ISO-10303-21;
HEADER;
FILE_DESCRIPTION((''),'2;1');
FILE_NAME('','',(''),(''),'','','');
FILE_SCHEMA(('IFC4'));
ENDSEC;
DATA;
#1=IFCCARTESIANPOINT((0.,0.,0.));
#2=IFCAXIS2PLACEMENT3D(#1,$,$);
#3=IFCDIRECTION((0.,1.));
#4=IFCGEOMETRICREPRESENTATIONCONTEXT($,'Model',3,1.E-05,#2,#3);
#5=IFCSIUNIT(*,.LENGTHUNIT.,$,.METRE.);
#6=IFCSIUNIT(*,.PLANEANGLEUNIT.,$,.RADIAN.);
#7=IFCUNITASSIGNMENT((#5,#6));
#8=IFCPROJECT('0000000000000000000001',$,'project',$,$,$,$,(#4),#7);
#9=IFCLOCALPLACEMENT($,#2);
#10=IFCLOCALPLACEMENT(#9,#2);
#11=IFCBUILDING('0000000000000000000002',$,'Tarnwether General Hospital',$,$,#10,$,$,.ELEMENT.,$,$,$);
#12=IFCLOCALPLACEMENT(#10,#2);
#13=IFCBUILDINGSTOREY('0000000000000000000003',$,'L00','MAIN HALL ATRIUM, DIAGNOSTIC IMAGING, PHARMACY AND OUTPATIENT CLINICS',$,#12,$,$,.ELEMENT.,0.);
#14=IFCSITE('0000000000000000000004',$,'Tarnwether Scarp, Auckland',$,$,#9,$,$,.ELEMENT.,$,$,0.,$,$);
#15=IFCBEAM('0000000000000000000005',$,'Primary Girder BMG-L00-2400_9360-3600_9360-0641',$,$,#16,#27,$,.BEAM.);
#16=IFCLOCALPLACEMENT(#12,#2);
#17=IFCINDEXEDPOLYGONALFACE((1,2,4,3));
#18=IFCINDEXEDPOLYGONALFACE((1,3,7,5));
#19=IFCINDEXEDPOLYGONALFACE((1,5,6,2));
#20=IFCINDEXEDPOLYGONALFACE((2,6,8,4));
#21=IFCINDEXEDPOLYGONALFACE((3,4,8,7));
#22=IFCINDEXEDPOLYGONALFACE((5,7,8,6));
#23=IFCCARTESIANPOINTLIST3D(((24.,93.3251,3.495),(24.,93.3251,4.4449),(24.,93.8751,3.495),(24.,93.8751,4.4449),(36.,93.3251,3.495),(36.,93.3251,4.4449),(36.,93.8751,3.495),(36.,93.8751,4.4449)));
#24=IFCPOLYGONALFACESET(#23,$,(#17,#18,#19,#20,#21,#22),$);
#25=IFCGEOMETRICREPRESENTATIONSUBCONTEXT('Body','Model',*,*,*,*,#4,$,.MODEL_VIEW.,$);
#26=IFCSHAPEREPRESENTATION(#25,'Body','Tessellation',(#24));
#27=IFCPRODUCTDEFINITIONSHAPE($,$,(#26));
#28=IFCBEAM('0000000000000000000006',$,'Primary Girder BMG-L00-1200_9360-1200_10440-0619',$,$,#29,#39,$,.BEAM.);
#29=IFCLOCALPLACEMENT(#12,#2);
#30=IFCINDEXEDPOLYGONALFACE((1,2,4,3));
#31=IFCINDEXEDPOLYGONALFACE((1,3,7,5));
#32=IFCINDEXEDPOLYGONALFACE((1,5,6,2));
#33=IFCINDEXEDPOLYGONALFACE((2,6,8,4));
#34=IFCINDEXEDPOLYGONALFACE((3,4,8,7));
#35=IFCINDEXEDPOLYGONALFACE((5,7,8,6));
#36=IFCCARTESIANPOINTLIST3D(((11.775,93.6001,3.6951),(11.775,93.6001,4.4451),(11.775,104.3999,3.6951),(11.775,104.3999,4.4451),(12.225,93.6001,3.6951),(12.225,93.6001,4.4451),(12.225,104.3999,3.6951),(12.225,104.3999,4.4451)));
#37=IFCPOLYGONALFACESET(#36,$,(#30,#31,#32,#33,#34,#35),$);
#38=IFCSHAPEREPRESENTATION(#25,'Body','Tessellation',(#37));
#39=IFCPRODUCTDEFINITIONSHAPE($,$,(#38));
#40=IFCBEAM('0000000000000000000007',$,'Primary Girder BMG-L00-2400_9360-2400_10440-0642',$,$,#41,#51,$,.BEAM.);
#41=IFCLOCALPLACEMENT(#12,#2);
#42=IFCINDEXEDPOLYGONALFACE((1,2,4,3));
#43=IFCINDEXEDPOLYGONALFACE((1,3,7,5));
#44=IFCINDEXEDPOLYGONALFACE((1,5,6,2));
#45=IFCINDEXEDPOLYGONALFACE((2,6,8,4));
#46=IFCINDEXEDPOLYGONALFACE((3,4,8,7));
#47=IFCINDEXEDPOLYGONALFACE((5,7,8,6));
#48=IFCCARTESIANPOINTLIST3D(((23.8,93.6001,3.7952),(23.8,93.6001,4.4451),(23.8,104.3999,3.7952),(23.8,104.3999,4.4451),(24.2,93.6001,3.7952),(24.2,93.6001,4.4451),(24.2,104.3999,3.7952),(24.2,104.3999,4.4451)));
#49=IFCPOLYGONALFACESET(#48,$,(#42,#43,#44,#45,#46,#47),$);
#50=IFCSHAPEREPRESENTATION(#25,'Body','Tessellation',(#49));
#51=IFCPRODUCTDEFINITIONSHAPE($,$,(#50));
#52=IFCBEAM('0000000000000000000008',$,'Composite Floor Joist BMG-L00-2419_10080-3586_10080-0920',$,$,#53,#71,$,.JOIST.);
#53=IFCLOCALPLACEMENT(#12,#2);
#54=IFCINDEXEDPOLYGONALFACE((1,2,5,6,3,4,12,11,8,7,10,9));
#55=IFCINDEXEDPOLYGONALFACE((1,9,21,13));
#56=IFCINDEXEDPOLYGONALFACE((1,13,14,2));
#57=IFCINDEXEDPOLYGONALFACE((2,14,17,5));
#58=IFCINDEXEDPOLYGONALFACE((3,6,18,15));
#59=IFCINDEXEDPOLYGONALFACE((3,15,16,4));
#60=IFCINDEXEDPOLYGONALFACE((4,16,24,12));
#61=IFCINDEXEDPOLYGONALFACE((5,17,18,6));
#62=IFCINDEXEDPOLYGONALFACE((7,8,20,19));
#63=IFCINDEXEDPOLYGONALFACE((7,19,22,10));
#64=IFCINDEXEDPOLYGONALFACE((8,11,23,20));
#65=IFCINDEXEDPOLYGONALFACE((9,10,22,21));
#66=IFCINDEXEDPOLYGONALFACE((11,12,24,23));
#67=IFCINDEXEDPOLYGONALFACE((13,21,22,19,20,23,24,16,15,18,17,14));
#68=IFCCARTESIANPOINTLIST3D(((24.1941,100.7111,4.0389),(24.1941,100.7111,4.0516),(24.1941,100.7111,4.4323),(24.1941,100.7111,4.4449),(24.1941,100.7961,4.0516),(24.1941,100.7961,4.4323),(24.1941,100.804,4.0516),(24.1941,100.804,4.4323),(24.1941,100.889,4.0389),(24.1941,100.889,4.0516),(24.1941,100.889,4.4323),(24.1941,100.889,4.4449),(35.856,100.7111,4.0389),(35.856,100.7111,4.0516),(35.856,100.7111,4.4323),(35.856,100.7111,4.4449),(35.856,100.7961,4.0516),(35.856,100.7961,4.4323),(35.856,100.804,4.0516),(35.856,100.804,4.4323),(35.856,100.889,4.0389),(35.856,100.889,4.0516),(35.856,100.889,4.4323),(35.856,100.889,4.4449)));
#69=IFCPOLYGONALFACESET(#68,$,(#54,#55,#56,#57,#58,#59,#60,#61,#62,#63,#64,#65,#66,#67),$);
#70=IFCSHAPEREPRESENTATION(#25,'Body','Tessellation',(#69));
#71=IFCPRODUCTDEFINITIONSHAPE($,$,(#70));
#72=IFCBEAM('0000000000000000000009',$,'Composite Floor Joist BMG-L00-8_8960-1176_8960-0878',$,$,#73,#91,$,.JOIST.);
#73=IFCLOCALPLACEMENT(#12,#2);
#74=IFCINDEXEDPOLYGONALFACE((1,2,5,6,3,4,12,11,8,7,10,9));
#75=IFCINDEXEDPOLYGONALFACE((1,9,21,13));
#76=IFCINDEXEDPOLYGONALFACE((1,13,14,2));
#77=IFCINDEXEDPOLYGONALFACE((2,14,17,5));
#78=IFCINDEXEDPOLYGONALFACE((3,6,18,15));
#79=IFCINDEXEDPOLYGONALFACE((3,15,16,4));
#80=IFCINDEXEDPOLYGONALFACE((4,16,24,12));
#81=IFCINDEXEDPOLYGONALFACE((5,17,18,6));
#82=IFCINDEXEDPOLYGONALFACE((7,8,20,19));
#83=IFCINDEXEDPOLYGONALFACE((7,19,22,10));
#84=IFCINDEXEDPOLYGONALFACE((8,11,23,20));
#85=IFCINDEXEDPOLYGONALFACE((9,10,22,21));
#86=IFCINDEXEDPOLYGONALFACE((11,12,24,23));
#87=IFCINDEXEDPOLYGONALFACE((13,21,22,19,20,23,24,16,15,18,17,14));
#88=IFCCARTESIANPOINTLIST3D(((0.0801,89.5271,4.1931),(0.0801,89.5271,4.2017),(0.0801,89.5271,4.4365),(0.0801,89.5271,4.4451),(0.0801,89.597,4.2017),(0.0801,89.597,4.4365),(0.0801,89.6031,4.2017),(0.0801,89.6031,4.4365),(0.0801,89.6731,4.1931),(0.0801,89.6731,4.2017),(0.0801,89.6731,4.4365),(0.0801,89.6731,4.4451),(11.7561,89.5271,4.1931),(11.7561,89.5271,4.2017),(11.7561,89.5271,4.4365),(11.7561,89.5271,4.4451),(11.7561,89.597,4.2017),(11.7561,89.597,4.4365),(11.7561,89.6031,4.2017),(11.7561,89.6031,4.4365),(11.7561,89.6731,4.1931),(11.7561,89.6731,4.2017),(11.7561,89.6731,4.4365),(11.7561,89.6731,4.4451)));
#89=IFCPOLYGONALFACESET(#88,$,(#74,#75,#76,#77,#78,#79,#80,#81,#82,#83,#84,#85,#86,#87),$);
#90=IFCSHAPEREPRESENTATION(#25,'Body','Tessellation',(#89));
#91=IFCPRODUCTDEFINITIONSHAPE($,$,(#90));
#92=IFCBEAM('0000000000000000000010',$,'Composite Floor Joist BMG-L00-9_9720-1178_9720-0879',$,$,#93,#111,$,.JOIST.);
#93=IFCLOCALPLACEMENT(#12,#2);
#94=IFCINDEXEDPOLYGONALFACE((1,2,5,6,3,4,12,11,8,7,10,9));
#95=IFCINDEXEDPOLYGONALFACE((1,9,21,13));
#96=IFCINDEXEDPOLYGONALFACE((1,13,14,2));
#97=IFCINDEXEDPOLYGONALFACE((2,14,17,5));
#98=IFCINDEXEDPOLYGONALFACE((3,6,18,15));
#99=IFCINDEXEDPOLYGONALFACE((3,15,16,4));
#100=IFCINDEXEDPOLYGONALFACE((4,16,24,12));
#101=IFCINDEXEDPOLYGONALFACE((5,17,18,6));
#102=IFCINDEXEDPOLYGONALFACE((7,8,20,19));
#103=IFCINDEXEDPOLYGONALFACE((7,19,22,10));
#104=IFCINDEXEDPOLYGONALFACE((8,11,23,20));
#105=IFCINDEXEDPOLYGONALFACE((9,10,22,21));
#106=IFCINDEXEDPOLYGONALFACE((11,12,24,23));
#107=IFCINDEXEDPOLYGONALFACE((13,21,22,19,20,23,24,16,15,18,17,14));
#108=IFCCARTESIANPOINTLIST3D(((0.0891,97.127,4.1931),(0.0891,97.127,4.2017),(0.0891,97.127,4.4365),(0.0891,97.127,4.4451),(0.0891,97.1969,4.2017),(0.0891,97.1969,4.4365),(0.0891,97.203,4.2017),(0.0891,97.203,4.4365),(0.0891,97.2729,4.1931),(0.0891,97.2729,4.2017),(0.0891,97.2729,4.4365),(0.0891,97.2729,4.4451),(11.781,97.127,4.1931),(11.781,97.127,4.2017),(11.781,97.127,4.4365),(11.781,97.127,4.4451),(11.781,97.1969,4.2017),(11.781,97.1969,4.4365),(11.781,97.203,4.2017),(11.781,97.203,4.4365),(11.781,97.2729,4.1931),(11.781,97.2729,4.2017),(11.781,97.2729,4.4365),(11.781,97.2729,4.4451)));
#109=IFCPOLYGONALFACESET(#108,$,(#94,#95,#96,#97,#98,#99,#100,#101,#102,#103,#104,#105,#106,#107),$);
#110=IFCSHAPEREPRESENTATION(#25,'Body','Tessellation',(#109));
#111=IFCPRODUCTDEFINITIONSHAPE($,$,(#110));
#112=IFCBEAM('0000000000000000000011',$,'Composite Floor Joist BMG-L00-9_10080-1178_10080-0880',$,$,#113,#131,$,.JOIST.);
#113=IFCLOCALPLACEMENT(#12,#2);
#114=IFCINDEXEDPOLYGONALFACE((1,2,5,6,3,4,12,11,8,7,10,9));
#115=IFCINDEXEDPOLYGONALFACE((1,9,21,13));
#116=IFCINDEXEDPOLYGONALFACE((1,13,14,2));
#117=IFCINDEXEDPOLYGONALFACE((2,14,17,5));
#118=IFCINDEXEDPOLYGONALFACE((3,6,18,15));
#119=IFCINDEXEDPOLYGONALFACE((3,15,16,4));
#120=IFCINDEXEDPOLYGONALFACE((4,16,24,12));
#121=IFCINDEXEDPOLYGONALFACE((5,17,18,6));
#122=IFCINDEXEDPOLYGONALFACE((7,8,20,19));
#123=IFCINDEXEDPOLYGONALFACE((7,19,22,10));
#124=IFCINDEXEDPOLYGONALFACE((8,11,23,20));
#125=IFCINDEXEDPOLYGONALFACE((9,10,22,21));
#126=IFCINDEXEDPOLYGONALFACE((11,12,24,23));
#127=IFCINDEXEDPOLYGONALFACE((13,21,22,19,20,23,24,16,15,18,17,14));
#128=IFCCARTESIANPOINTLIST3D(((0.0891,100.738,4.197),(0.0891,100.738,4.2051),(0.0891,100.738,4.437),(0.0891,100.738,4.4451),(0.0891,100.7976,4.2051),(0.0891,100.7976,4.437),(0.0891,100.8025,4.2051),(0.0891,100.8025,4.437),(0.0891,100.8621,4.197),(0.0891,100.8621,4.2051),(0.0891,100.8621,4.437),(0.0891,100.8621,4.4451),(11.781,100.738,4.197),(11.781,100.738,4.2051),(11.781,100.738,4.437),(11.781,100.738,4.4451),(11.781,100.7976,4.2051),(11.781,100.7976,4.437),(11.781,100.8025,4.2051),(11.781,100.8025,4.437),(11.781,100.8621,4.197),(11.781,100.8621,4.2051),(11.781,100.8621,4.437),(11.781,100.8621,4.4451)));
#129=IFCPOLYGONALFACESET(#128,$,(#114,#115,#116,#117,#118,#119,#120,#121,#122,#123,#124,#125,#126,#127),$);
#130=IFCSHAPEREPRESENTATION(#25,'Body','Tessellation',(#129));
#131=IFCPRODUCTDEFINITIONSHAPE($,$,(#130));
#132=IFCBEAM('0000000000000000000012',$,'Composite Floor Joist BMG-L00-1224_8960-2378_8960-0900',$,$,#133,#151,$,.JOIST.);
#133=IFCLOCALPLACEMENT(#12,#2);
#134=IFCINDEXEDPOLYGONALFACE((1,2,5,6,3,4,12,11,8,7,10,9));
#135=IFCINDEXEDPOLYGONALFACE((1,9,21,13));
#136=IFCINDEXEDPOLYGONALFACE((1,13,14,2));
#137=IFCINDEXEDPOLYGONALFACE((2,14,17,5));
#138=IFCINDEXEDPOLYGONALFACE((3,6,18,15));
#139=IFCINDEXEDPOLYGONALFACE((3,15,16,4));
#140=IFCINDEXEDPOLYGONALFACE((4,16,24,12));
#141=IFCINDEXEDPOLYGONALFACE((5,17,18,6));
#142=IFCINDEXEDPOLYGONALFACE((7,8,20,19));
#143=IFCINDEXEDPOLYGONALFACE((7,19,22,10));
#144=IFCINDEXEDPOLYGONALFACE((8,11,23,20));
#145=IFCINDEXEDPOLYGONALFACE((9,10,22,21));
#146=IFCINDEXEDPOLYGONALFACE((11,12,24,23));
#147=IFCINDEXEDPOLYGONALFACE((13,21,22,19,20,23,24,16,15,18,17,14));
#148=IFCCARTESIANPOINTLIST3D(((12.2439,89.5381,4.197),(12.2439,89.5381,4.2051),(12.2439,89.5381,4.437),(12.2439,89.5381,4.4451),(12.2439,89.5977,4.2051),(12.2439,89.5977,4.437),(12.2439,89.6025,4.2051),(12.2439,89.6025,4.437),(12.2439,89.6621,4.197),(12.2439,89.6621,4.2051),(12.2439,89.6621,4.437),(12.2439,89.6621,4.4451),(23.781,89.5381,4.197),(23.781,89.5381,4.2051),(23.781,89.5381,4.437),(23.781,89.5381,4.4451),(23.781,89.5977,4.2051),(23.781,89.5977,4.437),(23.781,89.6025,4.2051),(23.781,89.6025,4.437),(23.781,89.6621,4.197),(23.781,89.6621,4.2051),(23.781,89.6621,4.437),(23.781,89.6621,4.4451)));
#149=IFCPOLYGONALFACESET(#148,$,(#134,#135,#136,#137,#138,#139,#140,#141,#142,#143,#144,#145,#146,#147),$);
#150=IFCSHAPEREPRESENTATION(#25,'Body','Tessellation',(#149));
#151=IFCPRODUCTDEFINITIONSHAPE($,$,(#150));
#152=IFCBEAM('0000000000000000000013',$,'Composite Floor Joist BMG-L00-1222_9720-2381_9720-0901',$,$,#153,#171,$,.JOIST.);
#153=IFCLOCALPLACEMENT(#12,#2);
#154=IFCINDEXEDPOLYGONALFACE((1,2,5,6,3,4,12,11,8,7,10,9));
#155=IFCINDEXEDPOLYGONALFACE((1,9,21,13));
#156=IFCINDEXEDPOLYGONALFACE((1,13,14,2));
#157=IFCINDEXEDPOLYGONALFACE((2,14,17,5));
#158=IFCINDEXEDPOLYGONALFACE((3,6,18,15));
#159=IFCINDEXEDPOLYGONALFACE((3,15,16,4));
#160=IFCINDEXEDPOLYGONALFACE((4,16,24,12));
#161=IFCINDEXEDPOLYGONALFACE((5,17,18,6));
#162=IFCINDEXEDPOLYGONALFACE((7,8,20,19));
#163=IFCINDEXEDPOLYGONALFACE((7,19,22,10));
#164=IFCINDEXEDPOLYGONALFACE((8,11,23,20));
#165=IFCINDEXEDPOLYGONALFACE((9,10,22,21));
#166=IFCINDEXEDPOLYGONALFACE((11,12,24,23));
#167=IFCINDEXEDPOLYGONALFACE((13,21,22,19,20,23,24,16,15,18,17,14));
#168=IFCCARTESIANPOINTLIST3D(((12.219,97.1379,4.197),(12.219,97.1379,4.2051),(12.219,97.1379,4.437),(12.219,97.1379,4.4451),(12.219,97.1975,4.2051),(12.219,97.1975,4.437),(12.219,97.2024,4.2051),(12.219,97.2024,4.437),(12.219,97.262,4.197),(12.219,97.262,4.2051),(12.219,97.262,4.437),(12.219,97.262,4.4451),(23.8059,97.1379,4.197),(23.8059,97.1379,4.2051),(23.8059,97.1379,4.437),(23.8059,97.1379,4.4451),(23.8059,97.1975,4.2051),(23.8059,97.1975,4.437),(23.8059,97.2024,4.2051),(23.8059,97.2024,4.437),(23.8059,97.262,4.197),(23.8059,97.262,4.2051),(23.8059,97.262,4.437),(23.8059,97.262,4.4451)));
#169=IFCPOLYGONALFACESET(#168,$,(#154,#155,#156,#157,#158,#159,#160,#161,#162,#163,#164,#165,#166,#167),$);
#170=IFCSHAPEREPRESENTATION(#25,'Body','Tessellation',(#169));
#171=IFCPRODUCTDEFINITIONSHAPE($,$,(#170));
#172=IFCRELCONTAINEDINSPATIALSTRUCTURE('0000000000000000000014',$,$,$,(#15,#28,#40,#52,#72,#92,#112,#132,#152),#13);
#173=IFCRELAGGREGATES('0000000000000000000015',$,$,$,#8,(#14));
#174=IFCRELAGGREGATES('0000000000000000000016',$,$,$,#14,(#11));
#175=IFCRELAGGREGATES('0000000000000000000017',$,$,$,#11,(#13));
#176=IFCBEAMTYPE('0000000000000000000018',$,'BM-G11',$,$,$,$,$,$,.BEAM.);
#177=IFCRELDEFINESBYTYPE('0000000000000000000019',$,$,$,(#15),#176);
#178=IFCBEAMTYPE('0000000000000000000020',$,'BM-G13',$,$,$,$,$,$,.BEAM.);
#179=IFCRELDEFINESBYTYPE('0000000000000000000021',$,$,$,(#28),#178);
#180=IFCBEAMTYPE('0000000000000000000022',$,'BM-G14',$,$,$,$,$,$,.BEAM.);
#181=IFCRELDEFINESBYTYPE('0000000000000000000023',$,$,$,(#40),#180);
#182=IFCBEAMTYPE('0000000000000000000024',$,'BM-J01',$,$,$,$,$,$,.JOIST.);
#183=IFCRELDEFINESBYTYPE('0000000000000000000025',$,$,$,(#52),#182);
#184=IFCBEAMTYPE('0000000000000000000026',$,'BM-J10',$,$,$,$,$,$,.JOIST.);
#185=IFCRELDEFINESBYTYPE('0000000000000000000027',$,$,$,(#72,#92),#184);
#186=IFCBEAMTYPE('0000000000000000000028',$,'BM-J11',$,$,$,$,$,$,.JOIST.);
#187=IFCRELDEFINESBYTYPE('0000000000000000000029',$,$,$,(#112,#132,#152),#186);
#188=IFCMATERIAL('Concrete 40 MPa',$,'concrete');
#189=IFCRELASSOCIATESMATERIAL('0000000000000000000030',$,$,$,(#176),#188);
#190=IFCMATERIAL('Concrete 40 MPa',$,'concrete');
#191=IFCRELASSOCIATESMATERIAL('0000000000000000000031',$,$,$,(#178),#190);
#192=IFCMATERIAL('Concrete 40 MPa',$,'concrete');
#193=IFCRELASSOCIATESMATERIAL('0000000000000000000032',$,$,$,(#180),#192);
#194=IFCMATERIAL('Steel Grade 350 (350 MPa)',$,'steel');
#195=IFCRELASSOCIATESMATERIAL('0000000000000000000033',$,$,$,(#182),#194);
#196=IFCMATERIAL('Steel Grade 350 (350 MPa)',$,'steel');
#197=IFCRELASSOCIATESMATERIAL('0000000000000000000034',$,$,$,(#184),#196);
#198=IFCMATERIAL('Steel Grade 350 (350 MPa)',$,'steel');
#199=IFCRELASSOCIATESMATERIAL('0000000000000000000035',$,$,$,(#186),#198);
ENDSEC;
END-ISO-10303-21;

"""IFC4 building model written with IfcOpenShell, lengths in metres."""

from ifc_helpers import new_model, si_unit, direction, frame, origin, origin_2d, place, context, subcontext, project, spatial, rectangle, i_section, extrude, material, material_profile, profile_set, type_object, element, save


model = new_model("IFC4")

# Units and contexts
model_context = context("Model", 3, precision=1e-05, world=origin(), true_north=direction((0.0, 1.0)))
body_context = subcontext(model_context, "Body", "Model", "MODEL_VIEW")
ifc_project = project(units=[si_unit("LENGTHUNIT", "METRE"), si_unit("PLANEANGLEUNIT", "RADIAN")], contexts=[model_context])

# Site, building, storey
site_placement = place(None, origin())
site = spatial("IfcSite", under=ifc_project, at=site_placement, Name="Tarnwether Scarp, Auckland", CompositionType="ELEMENT", RefElevation=0.0)
building_placement = place(site_placement, origin())
building = spatial("IfcBuilding", under=site, at=building_placement, Name="Tarnwether General Hospital", CompositionType="ELEMENT")
storey_placement = place(building_placement, origin())
storey = spatial("IfcBuildingStorey", under=building, at=storey_placement, Name="L00", Description="MAIN HALL ATRIUM, DIAGNOSTIC IMAGING, PHARMACY AND OUTPATIENT CLINICS", CompositionType="ELEMENT", Elevation=0.0)

# Beams
ifc_material_1 = material(Name="Concrete 40 MPa", Category="concrete")
ifc_material_profile_1 = material_profile(ifc_material_1, rectangle(XDim=0.55, YDim=0.95, at=origin_2d()), Name="RC-BM-550x950")
ifc_profile_set_1 = profile_set([ifc_material_profile_1], Name="Concrete 40 MPa")
beam_type_1 = type_object("IfcBeamType", Name="BM-G11", PredefinedType="BEAM", material=ifc_profile_set_1)
beam_1_placement = place(storey_placement, frame((24.0, 93.6001, 3.97), z_axis=(1.0, 0.0, 0.0), x_axis=(0.0, 1.0, 0.0)))
element("IfcBeam", 1, at=beam_1_placement, inside=storey, type_object=beam_type_1, Name="Primary Girder BMG-L00-2400_9360-3600_9360-0641", PredefinedType="BEAM", context=body_context, shape_type="SweptSolid", body=[
    extrude(rectangle(XDim=0.55, YDim=0.95, at=origin_2d()), origin(), (0.0, 0.0, 1.0), 12.0),
])
ifc_material_2 = material(Name="Concrete 40 MPa", Category="concrete")
ifc_material_profile_2 = material_profile(ifc_material_2, rectangle(XDim=0.45, YDim=0.75, at=origin_2d()), Name="RC-BM-450x750")
ifc_profile_set_2 = profile_set([ifc_material_profile_2], Name="Concrete 40 MPa")
beam_type_2 = type_object("IfcBeamType", Name="BM-G13", PredefinedType="BEAM", material=ifc_profile_set_2)
beam_2_placement = place(storey_placement, frame((12.0, 93.6001, 4.0701), z_axis=(0.0, 1.0, 0.0), x_axis=(-1.0, 0.0, 0.0)))
element("IfcBeam", 2, at=beam_2_placement, inside=storey, type_object=beam_type_2, Name="Primary Girder BMG-L00-1200_9360-1200_10440-0619", PredefinedType="BEAM", context=body_context, shape_type="SweptSolid", body=[
    extrude(rectangle(XDim=0.45, YDim=0.75, at=origin_2d()), origin(), (0.0, 0.0, 1.0), 10.7998),
])
ifc_material_3 = material(Name="Concrete 40 MPa", Category="concrete")
ifc_material_profile_3 = material_profile(ifc_material_3, rectangle(XDim=0.3999, YDim=0.6499, at=origin_2d()), Name="RC-BM-400x650")
ifc_profile_set_3 = profile_set([ifc_material_profile_3], Name="Concrete 40 MPa")
beam_type_3 = type_object("IfcBeamType", Name="BM-G14", PredefinedType="BEAM", material=ifc_profile_set_3)
beam_3_placement = place(storey_placement, frame((24.0, 93.6001, 4.1201), z_axis=(0.0, 1.0, 0.0), x_axis=(-1.0, 0.0, 0.0)))
element("IfcBeam", 3, at=beam_3_placement, inside=storey, type_object=beam_type_3, Name="Primary Girder BMG-L00-2400_9360-2400_10440-0642", PredefinedType="BEAM", context=body_context, shape_type="SweptSolid", body=[
    extrude(rectangle(XDim=0.3999, YDim=0.6499, at=origin_2d()), origin(), (0.0, 0.0, 1.0), 10.7998),
])
ifc_material_4 = material(Name="Steel Grade 350 (350 MPa)", Category="steel")
ifc_material_profile_4 = material_profile(ifc_material_4, i_section(OverallWidth=0.178, OverallDepth=0.406, WebThickness=0.0078, FlangeThickness=0.0127, at=origin_2d()), Name="410UB59.7")
ifc_profile_set_4 = profile_set([ifc_material_profile_4], Name="Steel Grade 350 (350 MPa)")
beam_type_4 = type_object("IfcBeamType", Name="BM-J01", PredefinedType="JOIST", material=ifc_profile_set_4)
beam_4_placement = place(storey_placement, frame((24.1941, 100.8, 4.2419), z_axis=(1.0, 0.0, 0.0), x_axis=(0.0, 1.0, 0.0)))
element("IfcBeam", 4, at=beam_4_placement, inside=storey, type_object=beam_type_4, Name="Composite Floor Joist BMG-L00-2419_10080-3586_10080-0920", PredefinedType="JOIST", context=body_context, shape_type="SweptSolid", body=[
    extrude(i_section(OverallWidth=0.178, OverallDepth=0.406, WebThickness=0.0078, FlangeThickness=0.0127, at=origin_2d()), origin(), (0.0, 0.0, 1.0), 11.6619),
])
ifc_material_5 = material(Name="Steel Grade 350 (350 MPa)", Category="steel")
ifc_material_profile_5 = material_profile(ifc_material_5, i_section(OverallWidth=0.146, OverallDepth=0.252, WebThickness=0.0061, FlangeThickness=0.0085, at=origin_2d()), Name="250UB31.4")
ifc_profile_set_5 = profile_set([ifc_material_profile_5], Name="Steel Grade 350 (350 MPa)")
beam_type_5 = type_object("IfcBeamType", Name="BM-J10", PredefinedType="JOIST", material=ifc_profile_set_5)
beam_5_placement = place(storey_placement, frame((0.0801, 89.6001, 4.3191), z_axis=(1.0, 0.0, 0.0), x_axis=(0.0, 1.0, 0.0)))
element("IfcBeam", 5, at=beam_5_placement, inside=storey, type_object=beam_type_5, Name="Composite Floor Joist BMG-L00-8_8960-1176_8960-0878", PredefinedType="JOIST", context=body_context, shape_type="SweptSolid", body=[
    extrude(i_section(OverallWidth=0.146, OverallDepth=0.252, WebThickness=0.0061, FlangeThickness=0.0085, at=origin_2d()), origin(), (0.0, 0.0, 1.0), 11.676),
])
beam_6_placement = place(storey_placement, frame((0.0891, 97.2, 4.3191), z_axis=(1.0, 0.0, 0.0), x_axis=(0.0, 1.0, 0.0)))
element("IfcBeam", 6, at=beam_6_placement, inside=storey, type_object=beam_type_5, Name="Composite Floor Joist BMG-L00-9_9720-1178_9720-0879", PredefinedType="JOIST", context=body_context, shape_type="SweptSolid", body=[
    extrude(i_section(OverallWidth=0.146, OverallDepth=0.252, WebThickness=0.0061, FlangeThickness=0.0085, at=origin_2d()), origin(), (0.0, 0.0, 1.0), 11.6919),
])
ifc_material_6 = material(Name="Steel Grade 350 (350 MPa)", Category="steel")
ifc_material_profile_6 = material_profile(ifc_material_6, i_section(OverallWidth=0.124, OverallDepth=0.248, WebThickness=0.0049, FlangeThickness=0.0081, at=origin_2d()), Name="250UB25.7")
ifc_profile_set_6 = profile_set([ifc_material_profile_6], Name="Steel Grade 350 (350 MPa)")
beam_type_6 = type_object("IfcBeamType", Name="BM-J11", PredefinedType="JOIST", material=ifc_profile_set_6)
beam_7_placement = place(storey_placement, frame((0.0891, 100.8, 4.321), z_axis=(1.0, 0.0, 0.0), x_axis=(0.0, 1.0, 0.0)))
element("IfcBeam", 7, at=beam_7_placement, inside=storey, type_object=beam_type_6, Name="Composite Floor Joist BMG-L00-9_10080-1178_10080-0880", PredefinedType="JOIST", context=body_context, shape_type="SweptSolid", body=[
    extrude(i_section(OverallWidth=0.124, OverallDepth=0.248, WebThickness=0.0049, FlangeThickness=0.0081, at=origin_2d()), origin(), (0.0, 0.0, 1.0), 11.6919),
])
beam_8_placement = place(storey_placement, frame((12.2439, 89.6001, 4.321), z_axis=(1.0, 0.0, 0.0), x_axis=(0.0, 1.0, 0.0)))
element("IfcBeam", 8, at=beam_8_placement, inside=storey, type_object=beam_type_6, Name="Composite Floor Joist BMG-L00-1224_8960-2378_8960-0900", PredefinedType="JOIST", context=body_context, shape_type="SweptSolid", body=[
    extrude(i_section(OverallWidth=0.124, OverallDepth=0.248, WebThickness=0.0049, FlangeThickness=0.0081, at=origin_2d()), origin(), (0.0, 0.0, 1.0), 11.5371),
])
beam_9_placement = place(storey_placement, frame((12.219, 97.2, 4.321), z_axis=(1.0, 0.0, 0.0), x_axis=(0.0, 1.0, 0.0)))
element("IfcBeam", 9, at=beam_9_placement, inside=storey, type_object=beam_type_6, Name="Composite Floor Joist BMG-L00-1222_9720-2381_9720-0901", PredefinedType="JOIST", context=body_context, shape_type="SweptSolid", body=[
    extrude(i_section(OverallWidth=0.124, OverallDepth=0.248, WebThickness=0.0049, FlangeThickness=0.0081, at=origin_2d()), origin(), (0.0, 0.0, 1.0), 11.5869),
])

save(model, "model.ifc")
